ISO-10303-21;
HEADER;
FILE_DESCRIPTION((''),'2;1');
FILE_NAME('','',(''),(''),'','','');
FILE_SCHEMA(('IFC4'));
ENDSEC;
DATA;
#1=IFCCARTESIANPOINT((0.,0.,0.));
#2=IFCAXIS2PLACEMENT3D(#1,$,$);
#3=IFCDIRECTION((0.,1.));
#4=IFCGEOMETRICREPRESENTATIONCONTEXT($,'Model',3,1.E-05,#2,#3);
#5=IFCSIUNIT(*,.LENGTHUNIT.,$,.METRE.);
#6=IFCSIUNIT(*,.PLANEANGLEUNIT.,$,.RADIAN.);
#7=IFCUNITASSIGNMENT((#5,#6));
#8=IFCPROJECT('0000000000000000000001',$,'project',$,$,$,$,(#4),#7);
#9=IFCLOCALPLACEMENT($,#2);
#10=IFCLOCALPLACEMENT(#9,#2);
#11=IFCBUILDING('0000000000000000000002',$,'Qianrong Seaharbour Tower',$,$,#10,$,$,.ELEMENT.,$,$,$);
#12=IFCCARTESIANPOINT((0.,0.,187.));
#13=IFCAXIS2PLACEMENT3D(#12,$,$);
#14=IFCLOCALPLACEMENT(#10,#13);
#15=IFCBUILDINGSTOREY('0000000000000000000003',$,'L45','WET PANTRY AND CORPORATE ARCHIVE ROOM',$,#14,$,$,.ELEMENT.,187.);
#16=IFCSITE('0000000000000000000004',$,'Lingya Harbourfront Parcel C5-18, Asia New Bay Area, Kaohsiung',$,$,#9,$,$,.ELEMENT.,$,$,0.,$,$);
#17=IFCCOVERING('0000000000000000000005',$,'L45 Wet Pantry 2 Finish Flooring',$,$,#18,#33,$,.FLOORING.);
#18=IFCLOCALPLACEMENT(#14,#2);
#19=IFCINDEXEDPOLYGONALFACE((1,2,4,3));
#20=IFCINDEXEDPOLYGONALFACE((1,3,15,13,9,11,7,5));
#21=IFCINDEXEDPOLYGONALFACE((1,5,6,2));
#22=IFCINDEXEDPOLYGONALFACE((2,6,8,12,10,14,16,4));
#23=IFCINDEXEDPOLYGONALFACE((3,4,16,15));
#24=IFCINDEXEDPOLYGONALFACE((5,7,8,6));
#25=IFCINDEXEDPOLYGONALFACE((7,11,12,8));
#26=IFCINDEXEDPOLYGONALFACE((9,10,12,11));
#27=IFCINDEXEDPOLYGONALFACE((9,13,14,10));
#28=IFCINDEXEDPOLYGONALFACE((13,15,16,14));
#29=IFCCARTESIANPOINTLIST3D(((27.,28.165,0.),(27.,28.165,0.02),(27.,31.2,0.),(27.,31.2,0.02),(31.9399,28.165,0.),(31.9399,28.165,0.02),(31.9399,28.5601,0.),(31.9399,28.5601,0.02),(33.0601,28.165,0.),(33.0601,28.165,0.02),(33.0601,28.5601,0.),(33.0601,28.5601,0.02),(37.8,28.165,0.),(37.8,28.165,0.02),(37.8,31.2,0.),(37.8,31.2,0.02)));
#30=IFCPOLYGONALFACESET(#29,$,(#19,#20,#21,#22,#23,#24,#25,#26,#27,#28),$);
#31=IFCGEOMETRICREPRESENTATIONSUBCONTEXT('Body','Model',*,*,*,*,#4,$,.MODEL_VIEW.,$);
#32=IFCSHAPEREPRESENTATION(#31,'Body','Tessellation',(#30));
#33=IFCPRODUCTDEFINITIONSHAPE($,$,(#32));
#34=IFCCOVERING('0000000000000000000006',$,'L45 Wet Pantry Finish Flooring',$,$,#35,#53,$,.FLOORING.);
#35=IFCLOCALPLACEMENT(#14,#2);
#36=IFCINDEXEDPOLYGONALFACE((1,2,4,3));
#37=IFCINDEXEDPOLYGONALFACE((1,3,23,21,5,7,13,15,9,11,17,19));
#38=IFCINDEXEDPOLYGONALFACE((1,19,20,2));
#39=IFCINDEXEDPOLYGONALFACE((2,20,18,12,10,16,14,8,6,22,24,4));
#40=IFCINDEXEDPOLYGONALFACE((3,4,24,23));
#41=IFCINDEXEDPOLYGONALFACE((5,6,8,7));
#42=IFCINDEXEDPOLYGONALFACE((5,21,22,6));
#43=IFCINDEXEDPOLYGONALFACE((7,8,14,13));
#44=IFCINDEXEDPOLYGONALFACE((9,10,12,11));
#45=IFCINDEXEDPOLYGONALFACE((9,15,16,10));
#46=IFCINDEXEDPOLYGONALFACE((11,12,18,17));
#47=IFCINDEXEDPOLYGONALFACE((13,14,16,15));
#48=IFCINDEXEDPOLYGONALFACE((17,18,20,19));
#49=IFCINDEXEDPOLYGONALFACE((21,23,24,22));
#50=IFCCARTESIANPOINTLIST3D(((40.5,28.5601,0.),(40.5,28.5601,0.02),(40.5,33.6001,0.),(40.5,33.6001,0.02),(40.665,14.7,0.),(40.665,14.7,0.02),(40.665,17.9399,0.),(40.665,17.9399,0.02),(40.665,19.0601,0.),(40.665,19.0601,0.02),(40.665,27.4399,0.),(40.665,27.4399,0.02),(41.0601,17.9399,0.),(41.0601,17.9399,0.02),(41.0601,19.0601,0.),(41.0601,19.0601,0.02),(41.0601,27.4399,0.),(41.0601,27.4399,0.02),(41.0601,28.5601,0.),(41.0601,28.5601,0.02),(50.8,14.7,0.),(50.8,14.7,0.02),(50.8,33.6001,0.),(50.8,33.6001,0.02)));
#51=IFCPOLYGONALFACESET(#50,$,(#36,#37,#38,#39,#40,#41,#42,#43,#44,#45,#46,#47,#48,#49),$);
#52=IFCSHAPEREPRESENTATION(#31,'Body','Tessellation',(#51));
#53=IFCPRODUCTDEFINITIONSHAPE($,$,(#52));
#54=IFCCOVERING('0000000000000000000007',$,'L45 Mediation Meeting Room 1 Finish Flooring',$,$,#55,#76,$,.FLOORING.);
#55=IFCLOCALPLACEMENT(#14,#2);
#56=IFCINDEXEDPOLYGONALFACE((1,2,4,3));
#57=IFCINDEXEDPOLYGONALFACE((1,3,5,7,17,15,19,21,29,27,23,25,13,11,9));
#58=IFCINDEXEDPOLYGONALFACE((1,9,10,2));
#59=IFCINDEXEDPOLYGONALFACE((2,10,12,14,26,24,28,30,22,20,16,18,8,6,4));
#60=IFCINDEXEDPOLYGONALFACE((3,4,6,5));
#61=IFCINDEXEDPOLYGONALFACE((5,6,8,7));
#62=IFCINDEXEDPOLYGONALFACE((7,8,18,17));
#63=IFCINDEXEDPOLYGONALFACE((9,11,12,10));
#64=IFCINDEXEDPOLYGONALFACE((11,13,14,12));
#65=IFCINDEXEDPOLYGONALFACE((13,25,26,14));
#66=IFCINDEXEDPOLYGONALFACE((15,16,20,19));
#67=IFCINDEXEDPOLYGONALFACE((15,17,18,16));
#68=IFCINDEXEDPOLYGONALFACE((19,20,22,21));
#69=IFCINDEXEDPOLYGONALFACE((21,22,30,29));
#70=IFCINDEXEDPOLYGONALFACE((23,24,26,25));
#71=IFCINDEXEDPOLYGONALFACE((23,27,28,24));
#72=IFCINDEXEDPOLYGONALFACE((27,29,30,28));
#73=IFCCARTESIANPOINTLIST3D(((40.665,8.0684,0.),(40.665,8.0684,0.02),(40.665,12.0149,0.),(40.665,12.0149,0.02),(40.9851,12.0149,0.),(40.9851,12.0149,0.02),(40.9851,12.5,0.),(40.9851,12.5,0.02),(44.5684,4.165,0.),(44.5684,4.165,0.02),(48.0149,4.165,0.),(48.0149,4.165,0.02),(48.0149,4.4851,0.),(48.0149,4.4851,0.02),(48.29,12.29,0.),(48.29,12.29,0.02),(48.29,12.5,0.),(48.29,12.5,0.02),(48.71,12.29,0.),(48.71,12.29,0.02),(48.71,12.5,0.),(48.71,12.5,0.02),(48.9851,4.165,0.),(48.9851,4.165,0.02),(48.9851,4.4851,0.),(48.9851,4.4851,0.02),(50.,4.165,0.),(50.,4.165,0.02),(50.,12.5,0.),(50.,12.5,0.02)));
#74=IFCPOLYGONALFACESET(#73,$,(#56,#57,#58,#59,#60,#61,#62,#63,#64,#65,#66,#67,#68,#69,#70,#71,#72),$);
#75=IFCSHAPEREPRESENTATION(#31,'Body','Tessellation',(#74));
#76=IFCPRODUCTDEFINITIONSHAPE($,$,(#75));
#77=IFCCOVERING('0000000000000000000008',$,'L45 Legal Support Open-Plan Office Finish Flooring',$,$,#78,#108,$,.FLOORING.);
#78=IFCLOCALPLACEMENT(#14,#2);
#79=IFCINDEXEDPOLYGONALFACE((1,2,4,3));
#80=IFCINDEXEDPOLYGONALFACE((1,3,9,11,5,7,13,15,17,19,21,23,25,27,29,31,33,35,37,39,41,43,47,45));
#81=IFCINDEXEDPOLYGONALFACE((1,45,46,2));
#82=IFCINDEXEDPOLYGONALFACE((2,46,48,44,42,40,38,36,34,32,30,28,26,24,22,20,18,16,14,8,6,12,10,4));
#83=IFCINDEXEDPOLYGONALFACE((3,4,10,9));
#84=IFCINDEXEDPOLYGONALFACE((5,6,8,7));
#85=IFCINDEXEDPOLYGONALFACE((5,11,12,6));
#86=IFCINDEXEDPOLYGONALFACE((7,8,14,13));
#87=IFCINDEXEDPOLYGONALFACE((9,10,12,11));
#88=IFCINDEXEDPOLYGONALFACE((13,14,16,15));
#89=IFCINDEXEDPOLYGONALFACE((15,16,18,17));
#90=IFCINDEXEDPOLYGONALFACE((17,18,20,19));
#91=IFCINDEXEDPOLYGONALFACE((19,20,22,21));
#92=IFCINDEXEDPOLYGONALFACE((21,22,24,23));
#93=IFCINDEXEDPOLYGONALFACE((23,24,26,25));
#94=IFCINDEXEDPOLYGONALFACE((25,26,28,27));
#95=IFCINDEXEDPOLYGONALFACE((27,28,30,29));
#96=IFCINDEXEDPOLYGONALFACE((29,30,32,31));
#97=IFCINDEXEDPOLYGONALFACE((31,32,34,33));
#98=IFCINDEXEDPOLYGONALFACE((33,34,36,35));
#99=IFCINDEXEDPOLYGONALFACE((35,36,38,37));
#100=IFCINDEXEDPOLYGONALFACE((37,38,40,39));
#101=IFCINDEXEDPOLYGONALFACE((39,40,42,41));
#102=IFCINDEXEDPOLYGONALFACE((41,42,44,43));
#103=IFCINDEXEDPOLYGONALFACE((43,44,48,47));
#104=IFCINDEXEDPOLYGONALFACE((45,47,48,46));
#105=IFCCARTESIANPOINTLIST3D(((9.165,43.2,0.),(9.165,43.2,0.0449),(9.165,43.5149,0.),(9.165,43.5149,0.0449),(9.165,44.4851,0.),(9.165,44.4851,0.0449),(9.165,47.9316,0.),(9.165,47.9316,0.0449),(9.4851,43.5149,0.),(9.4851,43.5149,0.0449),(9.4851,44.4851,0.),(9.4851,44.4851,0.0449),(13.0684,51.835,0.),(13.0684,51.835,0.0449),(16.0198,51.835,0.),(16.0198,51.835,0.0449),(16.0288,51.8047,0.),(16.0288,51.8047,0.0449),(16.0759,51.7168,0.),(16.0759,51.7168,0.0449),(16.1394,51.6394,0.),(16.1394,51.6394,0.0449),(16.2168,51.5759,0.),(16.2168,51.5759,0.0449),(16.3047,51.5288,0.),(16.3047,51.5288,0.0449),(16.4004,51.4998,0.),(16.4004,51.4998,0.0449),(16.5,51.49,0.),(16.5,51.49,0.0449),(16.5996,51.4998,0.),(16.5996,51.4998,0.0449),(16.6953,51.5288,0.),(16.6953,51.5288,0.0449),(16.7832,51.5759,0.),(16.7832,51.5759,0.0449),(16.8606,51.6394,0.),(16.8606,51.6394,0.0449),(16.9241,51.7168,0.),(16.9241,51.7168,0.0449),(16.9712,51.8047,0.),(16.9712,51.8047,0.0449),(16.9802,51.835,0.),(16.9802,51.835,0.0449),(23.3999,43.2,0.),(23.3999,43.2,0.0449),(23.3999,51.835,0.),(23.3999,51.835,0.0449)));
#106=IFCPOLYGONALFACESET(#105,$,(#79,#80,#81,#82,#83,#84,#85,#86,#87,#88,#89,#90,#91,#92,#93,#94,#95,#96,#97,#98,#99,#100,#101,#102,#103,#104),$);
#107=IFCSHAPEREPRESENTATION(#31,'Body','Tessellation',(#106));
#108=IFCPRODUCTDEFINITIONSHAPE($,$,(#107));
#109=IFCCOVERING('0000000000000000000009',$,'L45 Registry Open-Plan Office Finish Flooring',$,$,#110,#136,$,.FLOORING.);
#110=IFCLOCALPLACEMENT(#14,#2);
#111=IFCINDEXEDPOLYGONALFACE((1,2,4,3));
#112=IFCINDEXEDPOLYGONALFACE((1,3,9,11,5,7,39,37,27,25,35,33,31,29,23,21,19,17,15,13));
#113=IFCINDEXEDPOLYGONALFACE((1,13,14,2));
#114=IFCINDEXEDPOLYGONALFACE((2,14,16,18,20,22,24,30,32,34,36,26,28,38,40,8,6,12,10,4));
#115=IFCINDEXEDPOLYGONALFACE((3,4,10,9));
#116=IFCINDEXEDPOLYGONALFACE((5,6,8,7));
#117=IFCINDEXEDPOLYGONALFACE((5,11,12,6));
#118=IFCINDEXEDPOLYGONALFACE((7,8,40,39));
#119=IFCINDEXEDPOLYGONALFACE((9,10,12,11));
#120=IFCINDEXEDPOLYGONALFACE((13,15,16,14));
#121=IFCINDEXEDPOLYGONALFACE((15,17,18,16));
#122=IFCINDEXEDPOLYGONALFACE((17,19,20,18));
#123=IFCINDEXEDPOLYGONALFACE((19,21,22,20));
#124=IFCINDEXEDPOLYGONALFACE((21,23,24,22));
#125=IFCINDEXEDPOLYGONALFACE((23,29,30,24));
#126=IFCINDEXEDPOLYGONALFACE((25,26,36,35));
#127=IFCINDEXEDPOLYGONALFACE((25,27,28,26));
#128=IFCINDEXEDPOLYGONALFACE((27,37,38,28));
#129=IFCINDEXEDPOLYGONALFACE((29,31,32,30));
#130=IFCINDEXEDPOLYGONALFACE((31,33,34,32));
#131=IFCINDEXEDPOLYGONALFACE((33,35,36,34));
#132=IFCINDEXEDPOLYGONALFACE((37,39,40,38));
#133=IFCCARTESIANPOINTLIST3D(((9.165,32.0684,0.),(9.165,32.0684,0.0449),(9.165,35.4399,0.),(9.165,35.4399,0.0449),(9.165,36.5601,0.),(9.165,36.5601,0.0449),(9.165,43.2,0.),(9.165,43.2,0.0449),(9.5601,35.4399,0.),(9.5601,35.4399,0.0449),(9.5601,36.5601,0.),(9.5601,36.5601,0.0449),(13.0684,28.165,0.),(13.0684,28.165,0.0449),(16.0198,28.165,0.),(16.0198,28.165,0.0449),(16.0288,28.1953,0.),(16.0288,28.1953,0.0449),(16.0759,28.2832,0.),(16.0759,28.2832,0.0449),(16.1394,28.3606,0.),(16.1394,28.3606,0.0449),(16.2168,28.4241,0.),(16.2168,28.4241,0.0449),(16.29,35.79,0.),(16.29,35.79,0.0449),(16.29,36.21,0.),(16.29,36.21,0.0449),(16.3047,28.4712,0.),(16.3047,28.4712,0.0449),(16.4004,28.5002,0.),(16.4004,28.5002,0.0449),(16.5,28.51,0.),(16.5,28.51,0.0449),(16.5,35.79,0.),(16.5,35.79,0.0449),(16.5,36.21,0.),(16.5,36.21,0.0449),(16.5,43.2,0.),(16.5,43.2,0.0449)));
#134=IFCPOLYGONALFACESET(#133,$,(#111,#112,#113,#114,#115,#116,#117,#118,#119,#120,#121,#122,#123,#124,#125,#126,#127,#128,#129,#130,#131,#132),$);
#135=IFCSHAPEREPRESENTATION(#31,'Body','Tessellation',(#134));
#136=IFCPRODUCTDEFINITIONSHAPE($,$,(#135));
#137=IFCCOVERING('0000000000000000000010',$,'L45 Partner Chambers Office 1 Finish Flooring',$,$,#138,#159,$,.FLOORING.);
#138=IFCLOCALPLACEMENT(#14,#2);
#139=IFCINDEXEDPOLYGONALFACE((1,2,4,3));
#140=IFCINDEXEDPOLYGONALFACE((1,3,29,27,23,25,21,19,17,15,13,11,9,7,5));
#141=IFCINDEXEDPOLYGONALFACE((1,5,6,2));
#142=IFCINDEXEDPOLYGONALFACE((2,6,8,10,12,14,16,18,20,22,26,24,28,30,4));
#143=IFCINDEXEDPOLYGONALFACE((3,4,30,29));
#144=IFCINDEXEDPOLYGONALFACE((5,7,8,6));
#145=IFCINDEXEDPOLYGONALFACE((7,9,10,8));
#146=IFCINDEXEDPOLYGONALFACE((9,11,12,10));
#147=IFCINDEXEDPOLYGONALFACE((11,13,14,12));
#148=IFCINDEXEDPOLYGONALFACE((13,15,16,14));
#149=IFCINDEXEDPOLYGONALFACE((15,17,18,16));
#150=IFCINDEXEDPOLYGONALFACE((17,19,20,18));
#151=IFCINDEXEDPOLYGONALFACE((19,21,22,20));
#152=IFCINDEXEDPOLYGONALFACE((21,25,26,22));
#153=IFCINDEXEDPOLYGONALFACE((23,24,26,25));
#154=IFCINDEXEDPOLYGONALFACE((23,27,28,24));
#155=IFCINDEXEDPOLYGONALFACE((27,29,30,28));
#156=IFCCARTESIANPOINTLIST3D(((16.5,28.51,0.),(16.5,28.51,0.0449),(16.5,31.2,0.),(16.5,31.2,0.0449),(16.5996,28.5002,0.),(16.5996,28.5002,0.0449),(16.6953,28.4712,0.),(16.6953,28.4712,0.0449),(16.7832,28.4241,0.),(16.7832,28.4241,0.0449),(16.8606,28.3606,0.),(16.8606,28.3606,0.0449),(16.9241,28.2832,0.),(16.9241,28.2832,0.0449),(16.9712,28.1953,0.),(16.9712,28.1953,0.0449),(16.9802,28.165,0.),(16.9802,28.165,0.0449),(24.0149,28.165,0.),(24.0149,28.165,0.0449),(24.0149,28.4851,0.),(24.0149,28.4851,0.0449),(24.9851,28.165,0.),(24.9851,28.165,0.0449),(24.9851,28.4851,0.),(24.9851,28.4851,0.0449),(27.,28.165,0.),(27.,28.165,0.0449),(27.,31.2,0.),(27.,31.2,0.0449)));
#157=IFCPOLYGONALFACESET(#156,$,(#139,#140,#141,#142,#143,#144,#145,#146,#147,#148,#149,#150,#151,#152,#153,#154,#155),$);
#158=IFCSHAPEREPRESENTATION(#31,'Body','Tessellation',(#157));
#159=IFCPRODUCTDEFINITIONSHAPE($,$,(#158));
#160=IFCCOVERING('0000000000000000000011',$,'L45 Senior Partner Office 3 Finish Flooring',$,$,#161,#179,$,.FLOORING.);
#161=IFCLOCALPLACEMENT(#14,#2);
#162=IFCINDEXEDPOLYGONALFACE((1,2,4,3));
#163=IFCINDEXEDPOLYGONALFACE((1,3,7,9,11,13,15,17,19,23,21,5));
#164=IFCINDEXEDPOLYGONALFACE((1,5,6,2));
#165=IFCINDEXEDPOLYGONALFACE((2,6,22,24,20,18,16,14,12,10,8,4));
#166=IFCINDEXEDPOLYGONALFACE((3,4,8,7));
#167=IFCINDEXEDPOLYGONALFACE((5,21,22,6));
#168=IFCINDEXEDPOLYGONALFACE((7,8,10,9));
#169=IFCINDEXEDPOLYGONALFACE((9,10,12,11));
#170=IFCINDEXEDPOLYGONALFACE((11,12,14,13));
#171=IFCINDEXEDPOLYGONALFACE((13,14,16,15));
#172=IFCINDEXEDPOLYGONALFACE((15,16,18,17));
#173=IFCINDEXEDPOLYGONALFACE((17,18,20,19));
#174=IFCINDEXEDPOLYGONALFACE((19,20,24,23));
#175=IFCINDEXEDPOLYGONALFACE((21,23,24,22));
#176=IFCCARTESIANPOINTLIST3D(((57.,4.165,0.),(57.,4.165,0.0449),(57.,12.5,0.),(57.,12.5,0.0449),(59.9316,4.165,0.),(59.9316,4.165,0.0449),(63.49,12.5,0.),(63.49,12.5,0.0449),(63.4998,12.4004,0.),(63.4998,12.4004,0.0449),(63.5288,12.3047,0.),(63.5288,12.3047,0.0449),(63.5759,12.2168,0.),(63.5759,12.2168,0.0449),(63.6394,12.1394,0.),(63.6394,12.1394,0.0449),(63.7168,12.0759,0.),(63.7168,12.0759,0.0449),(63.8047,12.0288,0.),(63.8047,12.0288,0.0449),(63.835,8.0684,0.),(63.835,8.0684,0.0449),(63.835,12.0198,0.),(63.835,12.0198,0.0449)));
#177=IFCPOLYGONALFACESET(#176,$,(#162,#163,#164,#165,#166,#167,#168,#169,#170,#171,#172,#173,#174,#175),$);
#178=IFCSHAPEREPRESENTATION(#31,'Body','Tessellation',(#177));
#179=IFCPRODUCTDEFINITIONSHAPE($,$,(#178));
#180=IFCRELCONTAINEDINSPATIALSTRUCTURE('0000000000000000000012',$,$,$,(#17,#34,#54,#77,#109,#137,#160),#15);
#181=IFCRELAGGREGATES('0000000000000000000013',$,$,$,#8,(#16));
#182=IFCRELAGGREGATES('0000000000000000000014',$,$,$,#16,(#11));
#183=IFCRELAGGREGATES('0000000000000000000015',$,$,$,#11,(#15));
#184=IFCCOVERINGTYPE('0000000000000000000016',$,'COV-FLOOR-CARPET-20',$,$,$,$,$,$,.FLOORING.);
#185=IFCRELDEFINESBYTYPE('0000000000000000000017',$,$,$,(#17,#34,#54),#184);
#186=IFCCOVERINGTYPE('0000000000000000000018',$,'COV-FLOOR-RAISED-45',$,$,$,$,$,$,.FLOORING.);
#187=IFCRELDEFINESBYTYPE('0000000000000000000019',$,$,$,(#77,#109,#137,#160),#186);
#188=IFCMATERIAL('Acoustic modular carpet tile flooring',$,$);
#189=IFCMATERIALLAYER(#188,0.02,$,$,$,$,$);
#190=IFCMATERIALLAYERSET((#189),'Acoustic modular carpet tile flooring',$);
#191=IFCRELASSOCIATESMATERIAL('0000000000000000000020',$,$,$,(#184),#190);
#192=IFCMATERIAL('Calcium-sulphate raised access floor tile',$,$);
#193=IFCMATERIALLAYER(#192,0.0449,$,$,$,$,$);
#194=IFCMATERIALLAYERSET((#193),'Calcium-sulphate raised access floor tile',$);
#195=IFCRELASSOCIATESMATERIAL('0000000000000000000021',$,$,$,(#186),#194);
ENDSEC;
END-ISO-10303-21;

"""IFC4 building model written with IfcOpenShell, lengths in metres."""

from ifc_helpers import new_model, si_unit, direction, frame, origin, place, context, subcontext, project, spatial, polyline, outline, extrude, material, layer, layer_set, type_object, element, save


model = new_model("IFC4")

# Units and contexts
model_context = context("Model", 3, precision=1e-05, world=origin(), true_north=direction((0.0, 1.0)))
body_context = subcontext(model_context, "Body", "Model", "MODEL_VIEW")
ifc_project = project(units=[si_unit("LENGTHUNIT", "METRE"), si_unit("PLANEANGLEUNIT", "RADIAN")], contexts=[model_context])

# Site, building, storey
site_placement = place(None, origin())
site = spatial("IfcSite", under=ifc_project, at=site_placement, Name="Lingya Harbourfront Parcel C5-18, Asia New Bay Area, Kaohsiung", CompositionType="ELEMENT", RefElevation=0.0)
building_placement = place(site_placement, origin())
building = spatial("IfcBuilding", under=site, at=building_placement, Name="Qianrong Seaharbour Tower", CompositionType="ELEMENT")
storey_placement = place(building_placement, frame((0.0, 0.0, 187.0)))
storey = spatial("IfcBuildingStorey", under=building, at=storey_placement, Name="L45", Description="WET PANTRY AND CORPORATE ARCHIVE ROOM", CompositionType="ELEMENT", Elevation=187.0)

# Coverings
ifc_material_1 = material(Name="Acoustic modular carpet tile flooring")
ifc_layer_1 = layer(ifc_material_1, 0.02)
ifc_layer_set_1 = layer_set([ifc_layer_1], Name="Acoustic modular carpet tile flooring")
covering_type_1 = type_object("IfcCoveringType", Name="COV-FLOOR-CARPET-20", PredefinedType="FLOORING", material=ifc_layer_set_1)
covering_1_placement = place(storey_placement, origin())
element("IfcCovering", 1, at=covering_1_placement, inside=storey, type_object=covering_type_1, Name="L45 Wet Pantry 2 Finish Flooring", PredefinedType="FLOORING", context=body_context, shape_type="SweptSolid", body=[
    extrude(outline(polyline([(37.8, 28.165), (33.0601, 28.165), (33.0601, 28.5601), (31.9399, 28.5601), (31.9399, 28.165), (27.0, 28.165), (27.0, 31.2), (37.8, 31.2), (37.8, 28.165)])), origin(), (0.0, 0.0, 1.0), 0.02),
])
covering_2_placement = place(storey_placement, origin())
element("IfcCovering", 2, at=covering_2_placement, inside=storey, type_object=covering_type_1, Name="L45 Wet Pantry Finish Flooring", PredefinedType="FLOORING", context=body_context, shape_type="SweptSolid", body=[
    extrude(outline(polyline([(50.8, 14.7), (40.665, 14.7), (40.665, 17.9399), (41.0601, 17.9399), (41.0601, 19.0601), (40.665, 19.0601), (40.665, 27.4399), (41.0601, 27.4399), (41.0601, 28.5601), (40.5, 28.5601), (40.5, 33.6001), (50.8, 33.6001), (50.8, 14.7)])), origin(), (0.0, 0.0, 1.0), 0.02),
])
covering_3_placement = place(storey_placement, origin())
element("IfcCovering", 3, at=covering_3_placement, inside=storey, type_object=covering_type_1, Name="L45 Mediation Meeting Room 1 Finish Flooring", PredefinedType="FLOORING", context=body_context, shape_type="SweptSolid", body=[
    extrude(outline(polyline([(48.9851, 4.165), (48.9851, 4.4851), (48.0149, 4.4851), (48.0149, 4.165), (44.5684, 4.165), (40.665, 8.0684), (40.665, 12.0149), (40.9851, 12.0149), (40.9851, 12.5), (48.29, 12.5), (48.29, 12.29), (48.71, 12.29), (48.71, 12.5), (50.0, 12.5), (50.0, 4.165), (48.9851, 4.165)])), origin(), (0.0, 0.0, 1.0), 0.02),
])
ifc_material_2 = material(Name="Calcium-sulphate raised access floor tile")
ifc_layer_2 = layer(ifc_material_2, 0.0449)
ifc_layer_set_2 = layer_set([ifc_layer_2], Name="Calcium-sulphate raised access floor tile")
covering_type_2 = type_object("IfcCoveringType", Name="COV-FLOOR-RAISED-45", PredefinedType="FLOORING", material=ifc_layer_set_2)
covering_4_placement = place(storey_placement, origin())
element("IfcCovering", 4, at=covering_4_placement, inside=storey, type_object=covering_type_2, Name="L45 Legal Support Open-Plan Office Finish Flooring", PredefinedType="FLOORING", context=body_context, shape_type="SweptSolid", body=[
    extrude(outline(polyline([(9.165, 43.5149), (9.4851, 43.5149), (9.4851, 44.4851), (9.165, 44.4851), (9.165, 47.9316), (13.0684, 51.835), (16.0198, 51.835), (16.0288, 51.8047), (16.0759, 51.7168), (16.1394, 51.6394), (16.2168, 51.5759), (16.3047, 51.5288), (16.4004, 51.4998), (16.5, 51.49), (16.5996, 51.4998), (16.6953, 51.5288), (16.7832, 51.5759), (16.8606, 51.6394), (16.9241, 51.7168), (16.9712, 51.8047), (16.9802, 51.835), (23.3999, 51.835), (23.3999, 43.2), (9.165, 43.2), (9.165, 43.5149)])), origin(), (0.0, 0.0, 1.0), 0.0449),
])
covering_5_placement = place(storey_placement, origin())
element("IfcCovering", 5, at=covering_5_placement, inside=storey, type_object=covering_type_2, Name="L45 Registry Open-Plan Office Finish Flooring", PredefinedType="FLOORING", context=body_context, shape_type="SweptSolid", body=[
    extrude(outline(polyline([(13.0684, 28.165), (9.165, 32.0684), (9.165, 35.4399), (9.5601, 35.4399), (9.5601, 36.5601), (9.165, 36.5601), (9.165, 43.2), (16.5, 43.2), (16.5, 36.21), (16.29, 36.21), (16.29, 35.79), (16.5, 35.79), (16.5, 28.51), (16.4004, 28.5002), (16.3047, 28.4712), (16.2168, 28.4241), (16.1394, 28.3606), (16.0759, 28.2832), (16.0288, 28.1953), (16.0198, 28.165), (13.0684, 28.165)])), origin(), (0.0, 0.0, 1.0), 0.0449),
])
covering_6_placement = place(storey_placement, origin())
element("IfcCovering", 6, at=covering_6_placement, inside=storey, type_object=covering_type_2, Name="L45 Partner Chambers Office 1 Finish Flooring", PredefinedType="FLOORING", context=body_context, shape_type="SweptSolid", body=[
    extrude(outline(polyline([(27.0, 28.165), (24.9851, 28.165), (24.9851, 28.4851), (24.0149, 28.4851), (24.0149, 28.165), (16.9802, 28.165), (16.9712, 28.1953), (16.9241, 28.2832), (16.8606, 28.3606), (16.7832, 28.4241), (16.6953, 28.4712), (16.5996, 28.5002), (16.5, 28.51), (16.5, 31.2), (27.0, 31.2), (27.0, 28.165)])), origin(), (0.0, 0.0, 1.0), 0.0449),
])
covering_7_placement = place(storey_placement, origin())
element("IfcCovering", 7, at=covering_7_placement, inside=storey, type_object=covering_type_2, Name="L45 Senior Partner Office 3 Finish Flooring", PredefinedType="FLOORING", context=body_context, shape_type="SweptSolid", body=[
    extrude(outline(polyline([(63.835, 8.0684), (59.9316, 4.165), (57.0, 4.165), (57.0, 12.5), (63.49, 12.5), (63.4998, 12.4004), (63.5288, 12.3047), (63.5759, 12.2168), (63.6394, 12.1394), (63.7168, 12.0759), (63.8047, 12.0288), (63.835, 12.0198), (63.835, 8.0684)])), origin(), (0.0, 0.0, 1.0), 0.0449),
])

save(model, "model.ifc")
